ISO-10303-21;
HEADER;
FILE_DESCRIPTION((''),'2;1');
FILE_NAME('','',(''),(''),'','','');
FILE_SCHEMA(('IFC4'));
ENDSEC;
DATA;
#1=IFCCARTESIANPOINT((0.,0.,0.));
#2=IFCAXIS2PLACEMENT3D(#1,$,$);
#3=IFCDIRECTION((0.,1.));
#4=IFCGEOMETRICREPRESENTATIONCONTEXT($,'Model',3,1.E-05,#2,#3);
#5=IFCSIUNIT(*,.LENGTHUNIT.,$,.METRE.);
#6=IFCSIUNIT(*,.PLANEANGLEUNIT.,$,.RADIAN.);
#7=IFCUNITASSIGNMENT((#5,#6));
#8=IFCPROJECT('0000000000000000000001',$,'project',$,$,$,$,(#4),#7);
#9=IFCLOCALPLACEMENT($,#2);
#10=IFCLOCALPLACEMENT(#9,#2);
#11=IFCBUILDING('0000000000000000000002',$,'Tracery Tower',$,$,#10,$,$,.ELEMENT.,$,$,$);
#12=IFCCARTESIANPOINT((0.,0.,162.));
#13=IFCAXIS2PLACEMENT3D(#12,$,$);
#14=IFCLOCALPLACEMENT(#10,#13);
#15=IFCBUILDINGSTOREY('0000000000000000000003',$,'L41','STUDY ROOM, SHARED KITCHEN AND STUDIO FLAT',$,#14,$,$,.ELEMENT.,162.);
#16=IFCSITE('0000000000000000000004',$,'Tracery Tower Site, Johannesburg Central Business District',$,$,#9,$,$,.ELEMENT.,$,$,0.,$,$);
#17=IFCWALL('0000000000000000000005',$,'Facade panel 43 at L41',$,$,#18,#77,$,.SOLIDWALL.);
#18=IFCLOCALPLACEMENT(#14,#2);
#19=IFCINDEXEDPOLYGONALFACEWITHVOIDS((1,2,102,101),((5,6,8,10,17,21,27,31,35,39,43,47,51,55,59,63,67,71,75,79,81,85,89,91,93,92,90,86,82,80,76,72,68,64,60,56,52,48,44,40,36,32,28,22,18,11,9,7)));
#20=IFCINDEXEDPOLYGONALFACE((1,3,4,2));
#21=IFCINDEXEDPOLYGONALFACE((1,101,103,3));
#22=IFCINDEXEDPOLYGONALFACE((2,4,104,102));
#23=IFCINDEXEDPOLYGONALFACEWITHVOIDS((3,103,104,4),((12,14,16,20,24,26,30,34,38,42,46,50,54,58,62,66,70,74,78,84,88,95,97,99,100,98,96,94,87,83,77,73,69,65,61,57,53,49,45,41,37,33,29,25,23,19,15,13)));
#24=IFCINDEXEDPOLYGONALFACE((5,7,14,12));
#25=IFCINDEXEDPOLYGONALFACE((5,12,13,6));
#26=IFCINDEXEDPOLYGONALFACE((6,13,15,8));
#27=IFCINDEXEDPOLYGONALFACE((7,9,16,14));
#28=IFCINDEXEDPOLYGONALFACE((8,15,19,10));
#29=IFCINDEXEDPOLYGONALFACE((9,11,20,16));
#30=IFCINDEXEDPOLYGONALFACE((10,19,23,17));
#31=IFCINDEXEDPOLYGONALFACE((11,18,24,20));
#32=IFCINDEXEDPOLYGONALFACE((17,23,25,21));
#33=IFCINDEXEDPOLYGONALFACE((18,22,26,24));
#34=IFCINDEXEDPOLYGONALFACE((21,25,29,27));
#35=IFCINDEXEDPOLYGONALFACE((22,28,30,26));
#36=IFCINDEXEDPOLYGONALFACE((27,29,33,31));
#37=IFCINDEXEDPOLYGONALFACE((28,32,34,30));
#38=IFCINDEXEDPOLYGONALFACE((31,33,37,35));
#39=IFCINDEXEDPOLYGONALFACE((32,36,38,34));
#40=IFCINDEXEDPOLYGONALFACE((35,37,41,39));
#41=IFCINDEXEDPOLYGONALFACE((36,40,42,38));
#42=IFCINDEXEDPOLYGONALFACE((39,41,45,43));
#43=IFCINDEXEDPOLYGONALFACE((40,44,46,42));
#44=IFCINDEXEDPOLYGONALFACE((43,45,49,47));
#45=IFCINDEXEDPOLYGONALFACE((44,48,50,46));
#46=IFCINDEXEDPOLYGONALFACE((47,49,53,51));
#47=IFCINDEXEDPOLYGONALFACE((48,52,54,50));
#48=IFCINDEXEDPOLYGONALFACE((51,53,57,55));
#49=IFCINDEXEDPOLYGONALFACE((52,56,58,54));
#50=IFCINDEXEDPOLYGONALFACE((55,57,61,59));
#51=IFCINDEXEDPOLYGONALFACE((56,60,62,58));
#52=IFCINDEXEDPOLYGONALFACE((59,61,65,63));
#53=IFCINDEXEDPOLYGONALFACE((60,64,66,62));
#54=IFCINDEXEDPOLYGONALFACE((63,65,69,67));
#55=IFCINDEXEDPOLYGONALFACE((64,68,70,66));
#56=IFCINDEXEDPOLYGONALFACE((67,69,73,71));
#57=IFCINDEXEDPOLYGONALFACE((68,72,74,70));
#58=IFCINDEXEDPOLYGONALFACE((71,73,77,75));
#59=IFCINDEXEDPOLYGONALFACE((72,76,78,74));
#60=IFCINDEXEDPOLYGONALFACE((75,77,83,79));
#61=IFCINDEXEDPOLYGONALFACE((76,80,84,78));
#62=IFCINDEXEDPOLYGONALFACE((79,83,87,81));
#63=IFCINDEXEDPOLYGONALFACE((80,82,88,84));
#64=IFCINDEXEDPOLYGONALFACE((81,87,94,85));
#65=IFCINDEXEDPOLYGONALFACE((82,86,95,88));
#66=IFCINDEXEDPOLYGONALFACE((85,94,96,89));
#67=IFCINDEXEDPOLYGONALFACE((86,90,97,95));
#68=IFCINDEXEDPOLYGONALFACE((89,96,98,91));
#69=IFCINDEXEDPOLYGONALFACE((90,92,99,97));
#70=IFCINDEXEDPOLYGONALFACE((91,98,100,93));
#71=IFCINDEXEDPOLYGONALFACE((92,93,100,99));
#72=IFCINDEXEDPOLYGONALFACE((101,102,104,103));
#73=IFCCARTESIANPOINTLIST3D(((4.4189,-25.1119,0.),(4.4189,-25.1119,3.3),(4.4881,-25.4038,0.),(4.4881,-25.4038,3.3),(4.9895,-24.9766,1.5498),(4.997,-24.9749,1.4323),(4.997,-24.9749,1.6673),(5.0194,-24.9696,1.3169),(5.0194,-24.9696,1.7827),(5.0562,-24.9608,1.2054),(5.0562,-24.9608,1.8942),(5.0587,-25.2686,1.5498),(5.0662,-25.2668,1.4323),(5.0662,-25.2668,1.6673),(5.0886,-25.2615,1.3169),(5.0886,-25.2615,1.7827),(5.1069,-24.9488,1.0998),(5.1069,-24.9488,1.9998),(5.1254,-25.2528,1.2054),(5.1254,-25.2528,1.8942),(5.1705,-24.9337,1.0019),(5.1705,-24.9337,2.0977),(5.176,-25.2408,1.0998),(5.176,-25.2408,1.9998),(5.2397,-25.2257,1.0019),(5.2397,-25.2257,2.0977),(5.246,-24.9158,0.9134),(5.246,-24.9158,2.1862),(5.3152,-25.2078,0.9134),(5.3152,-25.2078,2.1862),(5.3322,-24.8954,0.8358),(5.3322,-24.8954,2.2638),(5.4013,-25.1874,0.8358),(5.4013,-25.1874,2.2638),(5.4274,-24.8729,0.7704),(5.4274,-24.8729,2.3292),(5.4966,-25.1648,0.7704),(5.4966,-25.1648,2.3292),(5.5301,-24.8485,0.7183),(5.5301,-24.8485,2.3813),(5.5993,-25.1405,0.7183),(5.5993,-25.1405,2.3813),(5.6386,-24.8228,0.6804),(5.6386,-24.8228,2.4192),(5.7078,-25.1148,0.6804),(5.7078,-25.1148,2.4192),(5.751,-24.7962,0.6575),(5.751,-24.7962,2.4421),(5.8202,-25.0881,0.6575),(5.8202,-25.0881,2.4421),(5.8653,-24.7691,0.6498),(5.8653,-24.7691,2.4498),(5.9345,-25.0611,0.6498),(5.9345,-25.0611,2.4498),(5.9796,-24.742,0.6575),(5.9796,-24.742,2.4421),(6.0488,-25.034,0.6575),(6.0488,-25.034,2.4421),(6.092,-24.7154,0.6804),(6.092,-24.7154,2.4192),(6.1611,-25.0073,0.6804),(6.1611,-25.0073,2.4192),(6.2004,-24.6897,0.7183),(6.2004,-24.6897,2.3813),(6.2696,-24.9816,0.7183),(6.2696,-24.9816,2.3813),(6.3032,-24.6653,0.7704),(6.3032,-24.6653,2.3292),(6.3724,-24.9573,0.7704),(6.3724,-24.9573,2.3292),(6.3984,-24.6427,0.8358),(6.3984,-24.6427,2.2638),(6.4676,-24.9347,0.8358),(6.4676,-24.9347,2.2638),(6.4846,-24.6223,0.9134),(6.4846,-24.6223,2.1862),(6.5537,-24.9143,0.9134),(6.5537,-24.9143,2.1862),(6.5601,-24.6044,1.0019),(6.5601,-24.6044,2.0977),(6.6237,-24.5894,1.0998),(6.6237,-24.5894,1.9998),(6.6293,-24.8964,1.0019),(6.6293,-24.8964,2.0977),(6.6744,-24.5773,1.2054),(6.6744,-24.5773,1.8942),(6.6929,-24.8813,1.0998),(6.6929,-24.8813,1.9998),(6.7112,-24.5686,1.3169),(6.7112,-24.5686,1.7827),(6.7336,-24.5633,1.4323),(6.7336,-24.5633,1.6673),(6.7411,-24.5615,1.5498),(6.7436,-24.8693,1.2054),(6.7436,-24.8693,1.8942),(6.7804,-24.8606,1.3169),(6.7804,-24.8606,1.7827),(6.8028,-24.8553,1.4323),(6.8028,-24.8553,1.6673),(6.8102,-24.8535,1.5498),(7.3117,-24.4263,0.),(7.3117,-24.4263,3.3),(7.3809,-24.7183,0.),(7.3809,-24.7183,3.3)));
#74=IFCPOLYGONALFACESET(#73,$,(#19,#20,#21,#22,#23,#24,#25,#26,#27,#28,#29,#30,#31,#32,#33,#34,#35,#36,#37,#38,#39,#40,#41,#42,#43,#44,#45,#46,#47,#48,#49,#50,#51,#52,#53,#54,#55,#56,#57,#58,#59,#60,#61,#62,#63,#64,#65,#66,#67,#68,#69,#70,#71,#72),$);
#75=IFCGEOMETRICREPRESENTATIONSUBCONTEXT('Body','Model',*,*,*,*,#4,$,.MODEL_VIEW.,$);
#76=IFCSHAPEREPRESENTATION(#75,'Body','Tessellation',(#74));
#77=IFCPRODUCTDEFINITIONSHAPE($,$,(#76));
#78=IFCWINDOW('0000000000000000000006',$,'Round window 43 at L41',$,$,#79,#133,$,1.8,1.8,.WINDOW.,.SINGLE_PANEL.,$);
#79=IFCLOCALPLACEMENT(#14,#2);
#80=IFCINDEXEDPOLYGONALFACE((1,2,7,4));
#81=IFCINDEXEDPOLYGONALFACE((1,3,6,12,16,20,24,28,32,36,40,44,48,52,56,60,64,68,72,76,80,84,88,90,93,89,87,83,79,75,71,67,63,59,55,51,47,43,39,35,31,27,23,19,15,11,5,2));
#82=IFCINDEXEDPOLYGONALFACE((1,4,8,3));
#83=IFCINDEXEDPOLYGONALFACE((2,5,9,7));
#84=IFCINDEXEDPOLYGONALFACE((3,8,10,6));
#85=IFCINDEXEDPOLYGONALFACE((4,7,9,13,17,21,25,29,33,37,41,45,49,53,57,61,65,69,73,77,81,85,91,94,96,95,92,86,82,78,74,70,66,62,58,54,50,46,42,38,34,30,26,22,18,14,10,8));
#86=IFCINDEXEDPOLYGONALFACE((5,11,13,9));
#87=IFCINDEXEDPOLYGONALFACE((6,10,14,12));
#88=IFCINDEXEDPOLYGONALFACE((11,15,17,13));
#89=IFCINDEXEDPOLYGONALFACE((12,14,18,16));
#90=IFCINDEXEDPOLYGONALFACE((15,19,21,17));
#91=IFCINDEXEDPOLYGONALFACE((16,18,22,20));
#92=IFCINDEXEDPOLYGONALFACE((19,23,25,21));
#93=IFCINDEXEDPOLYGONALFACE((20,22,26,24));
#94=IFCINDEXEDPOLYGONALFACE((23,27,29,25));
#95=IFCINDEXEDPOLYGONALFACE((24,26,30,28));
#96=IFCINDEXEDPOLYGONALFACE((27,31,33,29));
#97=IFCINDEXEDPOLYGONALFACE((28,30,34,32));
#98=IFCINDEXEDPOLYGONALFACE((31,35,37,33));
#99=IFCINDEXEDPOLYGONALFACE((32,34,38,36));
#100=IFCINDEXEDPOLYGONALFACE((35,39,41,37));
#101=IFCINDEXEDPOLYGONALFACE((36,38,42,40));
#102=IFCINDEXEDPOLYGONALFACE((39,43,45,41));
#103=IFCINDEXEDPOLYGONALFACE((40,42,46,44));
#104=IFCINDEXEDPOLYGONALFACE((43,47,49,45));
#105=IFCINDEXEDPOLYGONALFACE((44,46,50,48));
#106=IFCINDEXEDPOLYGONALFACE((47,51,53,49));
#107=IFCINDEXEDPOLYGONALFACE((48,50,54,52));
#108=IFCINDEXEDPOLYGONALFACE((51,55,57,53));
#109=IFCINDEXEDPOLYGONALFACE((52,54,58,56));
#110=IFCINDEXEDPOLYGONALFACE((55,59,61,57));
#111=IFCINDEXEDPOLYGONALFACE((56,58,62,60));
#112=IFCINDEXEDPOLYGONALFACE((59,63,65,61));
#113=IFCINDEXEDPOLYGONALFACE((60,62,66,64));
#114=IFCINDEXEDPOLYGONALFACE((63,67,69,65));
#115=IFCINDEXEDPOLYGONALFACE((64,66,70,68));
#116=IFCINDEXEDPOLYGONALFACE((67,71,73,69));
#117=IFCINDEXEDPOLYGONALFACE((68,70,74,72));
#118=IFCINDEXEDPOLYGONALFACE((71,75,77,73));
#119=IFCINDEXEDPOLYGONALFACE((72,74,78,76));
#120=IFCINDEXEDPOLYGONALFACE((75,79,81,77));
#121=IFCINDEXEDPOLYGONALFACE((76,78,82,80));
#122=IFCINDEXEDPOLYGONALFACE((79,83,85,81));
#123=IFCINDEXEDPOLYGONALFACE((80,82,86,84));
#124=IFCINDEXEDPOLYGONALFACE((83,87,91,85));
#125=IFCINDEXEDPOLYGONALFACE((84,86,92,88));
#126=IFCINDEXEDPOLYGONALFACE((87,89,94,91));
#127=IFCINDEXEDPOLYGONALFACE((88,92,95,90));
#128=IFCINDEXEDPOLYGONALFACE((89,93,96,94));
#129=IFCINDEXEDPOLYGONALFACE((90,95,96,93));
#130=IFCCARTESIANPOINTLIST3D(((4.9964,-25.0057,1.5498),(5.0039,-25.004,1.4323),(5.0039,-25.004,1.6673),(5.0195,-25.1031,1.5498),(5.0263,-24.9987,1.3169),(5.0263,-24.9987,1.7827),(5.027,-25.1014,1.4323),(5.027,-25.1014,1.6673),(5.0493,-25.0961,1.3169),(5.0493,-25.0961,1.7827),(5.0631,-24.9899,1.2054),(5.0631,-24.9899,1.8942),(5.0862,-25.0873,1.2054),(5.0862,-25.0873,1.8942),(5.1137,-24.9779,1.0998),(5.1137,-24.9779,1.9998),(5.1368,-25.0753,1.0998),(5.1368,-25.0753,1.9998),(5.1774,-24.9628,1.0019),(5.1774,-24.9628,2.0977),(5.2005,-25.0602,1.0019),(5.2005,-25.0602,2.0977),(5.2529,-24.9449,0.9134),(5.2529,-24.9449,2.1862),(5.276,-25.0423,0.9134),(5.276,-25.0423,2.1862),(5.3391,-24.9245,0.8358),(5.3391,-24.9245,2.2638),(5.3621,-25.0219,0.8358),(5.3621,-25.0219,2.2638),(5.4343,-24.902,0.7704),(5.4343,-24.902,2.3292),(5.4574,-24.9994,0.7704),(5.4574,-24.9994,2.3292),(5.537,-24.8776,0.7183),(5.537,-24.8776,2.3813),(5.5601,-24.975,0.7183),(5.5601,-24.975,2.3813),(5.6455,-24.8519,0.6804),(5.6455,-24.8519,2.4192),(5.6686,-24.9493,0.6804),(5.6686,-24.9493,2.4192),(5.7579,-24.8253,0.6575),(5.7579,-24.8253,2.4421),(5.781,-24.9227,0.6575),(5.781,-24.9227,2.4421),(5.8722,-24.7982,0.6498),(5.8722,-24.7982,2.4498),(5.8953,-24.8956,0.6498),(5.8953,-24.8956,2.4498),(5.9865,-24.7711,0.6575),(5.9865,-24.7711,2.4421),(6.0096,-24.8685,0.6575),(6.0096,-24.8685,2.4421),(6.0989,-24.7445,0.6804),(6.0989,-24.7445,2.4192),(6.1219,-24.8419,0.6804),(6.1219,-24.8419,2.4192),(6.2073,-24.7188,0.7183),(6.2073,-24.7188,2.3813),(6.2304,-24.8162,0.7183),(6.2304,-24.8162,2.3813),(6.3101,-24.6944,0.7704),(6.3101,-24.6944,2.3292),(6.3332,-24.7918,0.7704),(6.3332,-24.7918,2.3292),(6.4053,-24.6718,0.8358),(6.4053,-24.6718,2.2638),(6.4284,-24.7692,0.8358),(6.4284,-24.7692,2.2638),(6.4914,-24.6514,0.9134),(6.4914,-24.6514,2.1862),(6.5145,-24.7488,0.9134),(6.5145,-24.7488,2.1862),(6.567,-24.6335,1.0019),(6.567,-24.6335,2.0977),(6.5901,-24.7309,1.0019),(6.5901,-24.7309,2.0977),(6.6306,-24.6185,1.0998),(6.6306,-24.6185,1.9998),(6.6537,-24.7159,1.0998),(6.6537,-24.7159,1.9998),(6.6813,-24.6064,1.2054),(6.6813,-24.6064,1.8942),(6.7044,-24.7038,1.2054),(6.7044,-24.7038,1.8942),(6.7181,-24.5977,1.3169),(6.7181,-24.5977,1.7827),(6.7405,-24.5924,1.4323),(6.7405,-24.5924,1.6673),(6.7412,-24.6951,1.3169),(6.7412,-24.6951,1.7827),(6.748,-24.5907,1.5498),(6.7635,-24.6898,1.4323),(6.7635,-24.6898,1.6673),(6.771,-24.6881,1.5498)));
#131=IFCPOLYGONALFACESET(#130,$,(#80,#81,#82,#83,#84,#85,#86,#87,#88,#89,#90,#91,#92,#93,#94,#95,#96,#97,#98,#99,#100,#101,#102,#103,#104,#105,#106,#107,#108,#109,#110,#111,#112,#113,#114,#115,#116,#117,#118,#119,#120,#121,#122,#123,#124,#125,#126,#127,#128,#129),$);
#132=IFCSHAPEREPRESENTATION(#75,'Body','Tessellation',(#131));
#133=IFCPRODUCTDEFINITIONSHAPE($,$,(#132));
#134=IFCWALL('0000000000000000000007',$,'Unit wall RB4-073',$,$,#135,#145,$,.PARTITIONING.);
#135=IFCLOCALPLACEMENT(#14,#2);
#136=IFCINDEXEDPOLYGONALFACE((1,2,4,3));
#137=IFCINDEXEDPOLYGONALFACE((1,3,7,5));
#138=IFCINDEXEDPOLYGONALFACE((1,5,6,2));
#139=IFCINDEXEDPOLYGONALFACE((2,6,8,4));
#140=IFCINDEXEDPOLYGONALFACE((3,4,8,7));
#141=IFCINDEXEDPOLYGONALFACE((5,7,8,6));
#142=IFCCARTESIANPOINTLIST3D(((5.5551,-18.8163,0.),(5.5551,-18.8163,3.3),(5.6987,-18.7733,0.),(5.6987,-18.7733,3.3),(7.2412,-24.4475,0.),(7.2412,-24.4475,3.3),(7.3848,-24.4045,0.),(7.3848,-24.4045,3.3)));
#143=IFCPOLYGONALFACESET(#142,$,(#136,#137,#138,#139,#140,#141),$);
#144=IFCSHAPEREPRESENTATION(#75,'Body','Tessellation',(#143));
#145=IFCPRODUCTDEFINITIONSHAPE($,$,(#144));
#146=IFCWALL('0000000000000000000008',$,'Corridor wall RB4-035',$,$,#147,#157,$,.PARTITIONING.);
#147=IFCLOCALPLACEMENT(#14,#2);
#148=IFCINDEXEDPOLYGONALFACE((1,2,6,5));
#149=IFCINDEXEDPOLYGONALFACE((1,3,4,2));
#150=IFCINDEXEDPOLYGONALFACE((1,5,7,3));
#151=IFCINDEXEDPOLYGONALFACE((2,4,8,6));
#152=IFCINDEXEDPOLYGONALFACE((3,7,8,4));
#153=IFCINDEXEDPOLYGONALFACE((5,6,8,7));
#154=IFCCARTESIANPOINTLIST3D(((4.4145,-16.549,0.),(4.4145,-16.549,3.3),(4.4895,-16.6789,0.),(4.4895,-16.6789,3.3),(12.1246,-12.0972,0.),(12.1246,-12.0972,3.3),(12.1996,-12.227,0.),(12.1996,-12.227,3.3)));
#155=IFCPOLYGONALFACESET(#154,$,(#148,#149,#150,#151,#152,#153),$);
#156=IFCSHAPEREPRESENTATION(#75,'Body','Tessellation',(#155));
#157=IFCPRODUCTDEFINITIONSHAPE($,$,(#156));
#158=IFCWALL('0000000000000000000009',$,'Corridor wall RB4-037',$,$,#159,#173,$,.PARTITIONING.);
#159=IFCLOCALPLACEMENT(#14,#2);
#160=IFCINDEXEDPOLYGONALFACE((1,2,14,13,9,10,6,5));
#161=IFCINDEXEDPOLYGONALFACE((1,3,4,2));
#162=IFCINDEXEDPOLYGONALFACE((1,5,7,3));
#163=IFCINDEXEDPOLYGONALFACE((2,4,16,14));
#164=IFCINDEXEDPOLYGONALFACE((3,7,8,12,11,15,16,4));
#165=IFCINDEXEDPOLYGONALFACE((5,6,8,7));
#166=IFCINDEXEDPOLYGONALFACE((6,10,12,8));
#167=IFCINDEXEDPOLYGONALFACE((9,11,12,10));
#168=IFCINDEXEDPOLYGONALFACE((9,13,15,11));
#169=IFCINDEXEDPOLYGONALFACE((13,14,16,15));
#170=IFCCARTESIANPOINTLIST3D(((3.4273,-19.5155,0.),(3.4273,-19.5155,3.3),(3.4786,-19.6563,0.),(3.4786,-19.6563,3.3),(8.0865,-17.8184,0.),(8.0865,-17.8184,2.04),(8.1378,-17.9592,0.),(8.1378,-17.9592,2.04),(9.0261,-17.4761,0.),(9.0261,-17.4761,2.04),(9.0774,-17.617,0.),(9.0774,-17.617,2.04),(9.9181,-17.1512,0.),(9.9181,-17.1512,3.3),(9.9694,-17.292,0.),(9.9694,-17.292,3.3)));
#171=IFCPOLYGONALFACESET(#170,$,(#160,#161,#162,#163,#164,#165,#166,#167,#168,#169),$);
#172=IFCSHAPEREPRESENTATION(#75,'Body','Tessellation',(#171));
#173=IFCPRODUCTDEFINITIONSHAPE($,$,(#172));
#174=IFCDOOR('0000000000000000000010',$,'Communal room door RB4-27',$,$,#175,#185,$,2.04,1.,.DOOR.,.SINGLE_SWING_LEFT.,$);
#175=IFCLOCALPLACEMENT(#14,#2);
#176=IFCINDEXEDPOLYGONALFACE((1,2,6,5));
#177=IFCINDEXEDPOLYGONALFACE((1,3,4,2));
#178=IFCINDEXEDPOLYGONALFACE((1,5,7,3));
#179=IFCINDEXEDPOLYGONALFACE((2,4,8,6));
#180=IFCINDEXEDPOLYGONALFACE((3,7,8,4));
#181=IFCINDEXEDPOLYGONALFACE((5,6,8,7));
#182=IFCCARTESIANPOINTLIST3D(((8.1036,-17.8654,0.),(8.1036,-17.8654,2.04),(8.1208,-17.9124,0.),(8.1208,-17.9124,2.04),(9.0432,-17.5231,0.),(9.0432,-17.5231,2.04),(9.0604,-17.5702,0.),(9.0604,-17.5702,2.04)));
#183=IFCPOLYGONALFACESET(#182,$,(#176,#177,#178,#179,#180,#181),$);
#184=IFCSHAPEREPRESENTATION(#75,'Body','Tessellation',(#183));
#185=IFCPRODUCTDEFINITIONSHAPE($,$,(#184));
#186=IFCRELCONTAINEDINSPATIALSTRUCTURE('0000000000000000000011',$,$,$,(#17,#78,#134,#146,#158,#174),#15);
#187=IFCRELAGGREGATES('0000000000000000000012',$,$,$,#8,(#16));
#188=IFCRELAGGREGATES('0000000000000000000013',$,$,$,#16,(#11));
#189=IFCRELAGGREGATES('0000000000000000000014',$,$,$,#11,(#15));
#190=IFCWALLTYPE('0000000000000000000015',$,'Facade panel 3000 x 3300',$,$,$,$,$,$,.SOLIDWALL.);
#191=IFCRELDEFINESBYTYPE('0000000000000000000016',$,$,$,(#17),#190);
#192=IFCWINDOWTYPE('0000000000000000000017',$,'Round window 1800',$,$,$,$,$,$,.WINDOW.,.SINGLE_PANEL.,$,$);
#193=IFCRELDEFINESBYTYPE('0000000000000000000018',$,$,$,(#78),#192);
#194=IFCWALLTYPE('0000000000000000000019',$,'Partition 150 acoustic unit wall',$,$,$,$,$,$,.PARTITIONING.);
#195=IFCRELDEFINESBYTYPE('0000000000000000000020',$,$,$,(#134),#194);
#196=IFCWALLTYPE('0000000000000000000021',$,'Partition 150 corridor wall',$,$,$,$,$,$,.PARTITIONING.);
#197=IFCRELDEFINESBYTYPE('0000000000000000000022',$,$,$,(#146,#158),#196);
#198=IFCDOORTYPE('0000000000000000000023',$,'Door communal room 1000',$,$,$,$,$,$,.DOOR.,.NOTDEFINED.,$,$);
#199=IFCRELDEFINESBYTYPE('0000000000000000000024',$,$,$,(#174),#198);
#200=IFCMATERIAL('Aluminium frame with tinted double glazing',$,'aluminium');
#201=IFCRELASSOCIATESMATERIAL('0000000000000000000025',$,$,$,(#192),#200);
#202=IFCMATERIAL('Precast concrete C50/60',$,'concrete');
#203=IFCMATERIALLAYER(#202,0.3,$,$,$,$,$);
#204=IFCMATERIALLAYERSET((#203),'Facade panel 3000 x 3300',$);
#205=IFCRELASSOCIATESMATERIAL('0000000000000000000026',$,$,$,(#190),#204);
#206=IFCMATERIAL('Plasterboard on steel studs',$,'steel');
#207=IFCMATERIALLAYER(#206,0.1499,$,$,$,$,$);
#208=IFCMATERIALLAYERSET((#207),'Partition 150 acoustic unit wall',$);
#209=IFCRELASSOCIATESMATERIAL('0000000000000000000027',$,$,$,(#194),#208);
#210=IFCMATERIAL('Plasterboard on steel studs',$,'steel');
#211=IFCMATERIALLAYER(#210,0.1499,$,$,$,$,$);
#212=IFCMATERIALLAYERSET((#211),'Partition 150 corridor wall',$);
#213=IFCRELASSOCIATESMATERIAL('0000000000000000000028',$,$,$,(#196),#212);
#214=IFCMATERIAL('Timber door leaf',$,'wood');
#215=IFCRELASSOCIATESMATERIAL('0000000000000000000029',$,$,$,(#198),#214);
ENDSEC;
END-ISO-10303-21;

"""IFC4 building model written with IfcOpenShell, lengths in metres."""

from ifc_helpers import new_model, si_unit, direction, frame, frame_2d, origin, origin_2d, place, context, subcontext, project, spatial, rectangle, circle, extrude, material, layer, layer_set, type_object, element, fill, save


model = new_model("IFC4")

# Units and contexts
model_context = context("Model", 3, precision=1e-05, world=origin(), true_north=direction((0.0, 1.0)))
body_context = subcontext(model_context, "Body", "Model", "MODEL_VIEW")
ifc_project = project(units=[si_unit("LENGTHUNIT", "METRE"), si_unit("PLANEANGLEUNIT", "RADIAN")], contexts=[model_context])

# Site, building, storey
site_placement = place(None, origin())
site = spatial("IfcSite", under=ifc_project, at=site_placement, Name="Tracery Tower Site, Johannesburg Central Business District", CompositionType="ELEMENT", RefElevation=0.0)
building_placement = place(site_placement, origin())
building = spatial("IfcBuilding", under=site, at=building_placement, Name="Tracery Tower", CompositionType="ELEMENT")
storey_placement = place(building_placement, frame((0.0, 0.0, 162.0)))
storey = spatial("IfcBuildingStorey", under=building, at=storey_placement, Name="L41", Description="STUDY ROOM, SHARED KITCHEN AND STUDIO FLAT", CompositionType="ELEMENT", Elevation=162.0)

# Wall, opening, window
ifc_material_1 = material(Name="Aluminium frame with tinted double glazing", Category="aluminium")
window_type = type_object("IfcWindowType", Name="Round window 1800", PartitioningType="SINGLE_PANEL", PredefinedType="WINDOW", material=ifc_material_1)
ifc_material_2 = material(Name="Precast concrete C50/60", Category="concrete")
ifc_layer_1 = layer(ifc_material_2, 0.3)
ifc_layer_set_1 = layer_set([ifc_layer_1], Name="Facade panel 3000 x 3300")
wall_type_1 = type_object("IfcWallType", Name="Facade panel 3000 x 3300", PredefinedType="SOLIDWALL", material=ifc_layer_set_1)
wall_1_placement = place(storey_placement, frame((4.4536, -25.2578, 0.0), z_axis=(0.0, 0.0, 1.0), x_axis=(0.97305, 0.230595, 0.0)))
wall_1 = element("IfcWall", 1, at=wall_1_placement, inside=storey, type_object=wall_type_1, Name="Facade panel 43 at L41", PredefinedType="SOLIDWALL", context=body_context, shape_type="SweptSolid", body=[
    extrude(rectangle(XDim=2.9729, YDim=0.3, at=frame_2d((1.4863, 0.0))), origin(), (0.0, 0.0, 1.0), 3.3),
])
opening_1_placement = place(wall_1_placement, frame((1.4863, 0.0, 1.5498)))
opening_1 = element("IfcOpeningElement", 2, at=opening_1_placement, cuts=wall_1, PredefinedType="OPENING", context=body_context, shape_type="SweptSolid", body=[
    extrude(circle(Radius=0.9, at=origin_2d()), frame((0.0, 0.1599, 0.0), z_axis=(0.0, -1.0, 0.0), x_axis=(1.0, 0.0, 0.0)), (0.0, 0.0, 1.0), 0.3201),
])
window_1_placement = place(opening_1_placement, origin())
window_1 = element("IfcWindow", 3, at=window_1_placement, inside=storey, type_object=window_type, Name="Round window 43 at L41", OverallHeight=1.8, OverallWidth=1.8, PartitioningType="SINGLE_PANEL", PredefinedType="WINDOW", context=body_context, shape_type="SweptSolid", body=[
    extrude(circle(Radius=0.9, at=origin_2d()), frame((0.0, 0.1201, 0.0), z_axis=(0.0, -1.0, 0.0), x_axis=(1.0, 0.0, 0.0)), (0.0, 0.0, 1.0), 0.1001),
])
fill(opening_1, window_1)

# Walls
ifc_material_3 = material(Name="Plasterboard on steel studs", Category="steel")
ifc_layer_2 = layer(ifc_material_3, 0.1499)
ifc_layer_set_2 = layer_set([ifc_layer_2], Name="Partition 150 acoustic unit wall")
wall_type_2 = type_object("IfcWallType", Name="Partition 150 acoustic unit wall", PredefinedType="PARTITIONING", material=ifc_layer_set_2)
wall_2_placement = place(storey_placement, frame((5.627, -18.7949, 0.0), z_axis=(0.0, 0.0, 1.0), x_axis=(0.286833, -0.95798, 0.0)))
element("IfcWall", 4, at=wall_2_placement, inside=storey, type_object=wall_type_2, Name="Unit wall RB4-073", PredefinedType="PARTITIONING", context=body_context, shape_type="SweptSolid", body=[
    extrude(rectangle(XDim=5.8782, YDim=0.1499, at=frame_2d((2.939, 0.0))), origin(), (0.0, 0.0, 1.0), 3.3),
])
ifc_material_4 = material(Name="Plasterboard on steel studs", Category="steel")
ifc_layer_3 = layer(ifc_material_4, 0.1499)
ifc_layer_set_3 = layer_set([ifc_layer_3], Name="Partition 150 corridor wall")
wall_type_3 = type_object("IfcWallType", Name="Partition 150 corridor wall", PredefinedType="PARTITIONING", material=ifc_layer_set_3)
wall_3_placement = place(storey_placement, frame((4.4519, -16.614, 0.0), z_axis=(0.0, 0.0, 1.0), x_axis=(0.866005, 0.500035, 0.0)))
element("IfcWall", 5, at=wall_3_placement, inside=storey, type_object=wall_type_3, Name="Corridor wall RB4-035", PredefinedType="PARTITIONING", context=body_context, shape_type="SweptSolid", body=[
    extrude(rectangle(XDim=8.9031, YDim=0.1499, at=frame_2d((4.4517, 0.0))), origin(), (0.0, 0.0, 1.0), 3.3),
])

# Wall, opening, door
wall_4_placement = place(storey_placement, frame((3.4529, -19.5859, 0.0), z_axis=(0.0, 0.0, 1.0), x_axis=(0.939608, 0.342254, 0.0)))
wall_4 = element("IfcWall", 6, at=wall_4_placement, inside=storey, type_object=wall_type_3, Name="Corridor wall RB4-037", PredefinedType="PARTITIONING", context=body_context, shape_type="SweptSolid", body=[
    extrude(rectangle(XDim=6.908, YDim=0.1499, at=frame_2d((3.4541, 0.0))), origin(), (0.0, 0.0, 1.0), 3.3),
])
opening_2_placement = place(wall_4_placement, frame((4.9587, 0.0, 0.0)))
opening_2 = element("IfcOpeningElement", 7, at=opening_2_placement, cuts=wall_4, PredefinedType="OPENING", context=body_context, shape_type="SweptSolid", body=[
    extrude(rectangle(XDim=1.0, YDim=2.04, at=frame_2d((0.5, 1.02))), frame((0.0, 0.075, 0.0), z_axis=(0.0, -1.0, 0.0), x_axis=(1.0, 0.0, 0.0)), (0.0, 0.0, 1.0), 0.1499),
])
ifc_material_5 = material(Name="Timber door leaf", Category="wood")
door_type_1 = type_object("IfcDoorType", Name="Door communal room 1000", OperationType="NOTDEFINED", PredefinedType="DOOR", material=ifc_material_5)
door_1_placement = place(opening_2_placement, origin())
door_1 = element("IfcDoor", 8, at=door_1_placement, inside=storey, type_object=door_type_1, Name="Communal room door RB4-27", OperationType="SINGLE_SWING_LEFT", OverallHeight=2.04, OverallWidth=1.0, PredefinedType="DOOR", context=body_context, shape_type="SweptSolid", body=[
    extrude(rectangle(XDim=1.0, YDim=2.04, at=frame_2d((0.5, 1.02))), frame((0.0, 0.0249, 0.0), z_axis=(0.0, -1.0, 0.0), x_axis=(1.0, 0.0, 0.0)), (0.0, 0.0, 1.0), 0.05),
])
fill(opening_2, door_1)

save(model, "model.ifc")
